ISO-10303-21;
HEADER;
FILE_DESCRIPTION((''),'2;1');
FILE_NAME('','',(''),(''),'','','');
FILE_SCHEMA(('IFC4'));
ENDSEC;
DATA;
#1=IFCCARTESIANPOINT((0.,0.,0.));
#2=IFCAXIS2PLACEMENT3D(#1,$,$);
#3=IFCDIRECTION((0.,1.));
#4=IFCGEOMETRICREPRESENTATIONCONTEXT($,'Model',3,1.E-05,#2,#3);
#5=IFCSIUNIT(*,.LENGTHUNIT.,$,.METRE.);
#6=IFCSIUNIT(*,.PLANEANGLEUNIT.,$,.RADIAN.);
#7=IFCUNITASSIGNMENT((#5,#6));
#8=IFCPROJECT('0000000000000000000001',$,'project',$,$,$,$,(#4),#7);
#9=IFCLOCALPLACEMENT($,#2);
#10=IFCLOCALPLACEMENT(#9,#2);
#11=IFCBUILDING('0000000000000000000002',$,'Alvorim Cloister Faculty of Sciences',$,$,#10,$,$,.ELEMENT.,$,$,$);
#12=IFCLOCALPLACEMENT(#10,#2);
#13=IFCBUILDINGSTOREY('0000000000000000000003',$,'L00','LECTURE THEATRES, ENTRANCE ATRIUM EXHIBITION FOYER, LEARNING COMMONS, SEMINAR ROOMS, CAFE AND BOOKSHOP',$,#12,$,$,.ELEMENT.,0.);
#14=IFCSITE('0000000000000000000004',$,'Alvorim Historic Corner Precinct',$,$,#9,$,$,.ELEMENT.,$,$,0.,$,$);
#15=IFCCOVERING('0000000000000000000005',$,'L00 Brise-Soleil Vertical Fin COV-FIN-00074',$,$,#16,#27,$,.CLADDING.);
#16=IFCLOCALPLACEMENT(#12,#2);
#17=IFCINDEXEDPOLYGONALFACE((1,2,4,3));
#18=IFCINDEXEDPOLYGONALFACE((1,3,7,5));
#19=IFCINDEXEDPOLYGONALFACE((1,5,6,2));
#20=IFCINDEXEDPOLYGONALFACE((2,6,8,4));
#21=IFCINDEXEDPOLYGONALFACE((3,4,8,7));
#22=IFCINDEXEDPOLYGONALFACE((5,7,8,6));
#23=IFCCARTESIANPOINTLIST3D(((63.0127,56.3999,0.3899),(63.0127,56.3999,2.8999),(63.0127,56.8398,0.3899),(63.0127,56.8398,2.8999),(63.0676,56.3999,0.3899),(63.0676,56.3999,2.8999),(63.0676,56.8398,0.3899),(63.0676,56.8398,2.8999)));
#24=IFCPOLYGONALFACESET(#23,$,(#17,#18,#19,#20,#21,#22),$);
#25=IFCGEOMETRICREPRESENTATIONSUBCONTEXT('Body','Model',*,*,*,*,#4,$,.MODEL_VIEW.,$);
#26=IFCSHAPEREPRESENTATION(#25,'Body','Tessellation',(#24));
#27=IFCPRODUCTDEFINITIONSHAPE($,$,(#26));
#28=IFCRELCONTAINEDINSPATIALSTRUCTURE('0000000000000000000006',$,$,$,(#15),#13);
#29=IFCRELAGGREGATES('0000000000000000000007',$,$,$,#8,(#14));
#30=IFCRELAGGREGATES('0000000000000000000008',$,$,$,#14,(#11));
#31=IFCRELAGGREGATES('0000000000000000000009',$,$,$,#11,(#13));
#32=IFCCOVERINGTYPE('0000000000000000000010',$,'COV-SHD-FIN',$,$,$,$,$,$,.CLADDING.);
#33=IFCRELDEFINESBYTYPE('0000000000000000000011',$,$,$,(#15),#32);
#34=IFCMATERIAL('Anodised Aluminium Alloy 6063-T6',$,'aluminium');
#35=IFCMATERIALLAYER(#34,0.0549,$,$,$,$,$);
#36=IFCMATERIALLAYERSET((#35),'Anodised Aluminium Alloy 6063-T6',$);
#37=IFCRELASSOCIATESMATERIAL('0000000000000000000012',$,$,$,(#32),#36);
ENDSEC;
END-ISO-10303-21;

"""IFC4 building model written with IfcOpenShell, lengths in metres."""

from ifc_helpers import new_model, si_unit, direction, frame, origin, place, context, subcontext, project, spatial, polyline, outline, extrude, material, layer, layer_set, type_object, element, save


model = new_model("IFC4")

# Units and contexts
model_context = context("Model", 3, precision=1e-05, world=origin(), true_north=direction((0.0, 1.0)))
body_context = subcontext(model_context, "Body", "Model", "MODEL_VIEW")
ifc_project = project(units=[si_unit("LENGTHUNIT", "METRE"), si_unit("PLANEANGLEUNIT", "RADIAN")], contexts=[model_context])

# Site, building, storey
site_placement = place(None, origin())
site = spatial("IfcSite", under=ifc_project, at=site_placement, Name="Alvorim Historic Corner Precinct", CompositionType="ELEMENT", RefElevation=0.0)
building_placement = place(site_placement, origin())
building = spatial("IfcBuilding", under=site, at=building_placement, Name="Alvorim Cloister Faculty of Sciences", CompositionType="ELEMENT")
storey_placement = place(building_placement, origin())
storey = spatial("IfcBuildingStorey", under=building, at=storey_placement, Name="L00", Description="LECTURE THEATRES, ENTRANCE ATRIUM EXHIBITION FOYER, LEARNING COMMONS, SEMINAR ROOMS, CAFE AND BOOKSHOP", CompositionType="ELEMENT", Elevation=0.0)

# Covering
ifc_material_1 = material(Name="Anodised Aluminium Alloy 6063-T6", Category="aluminium")
ifc_layer_1 = layer(ifc_material_1, 0.0549)
ifc_layer_set_1 = layer_set([ifc_layer_1], Name="Anodised Aluminium Alloy 6063-T6")
covering_type = type_object("IfcCoveringType", Name="COV-SHD-FIN", PredefinedType="CLADDING", material=ifc_layer_set_1)
for number, where, z_axis, x_axis, name in (
    (1, (63.04, 56.3999, 0.3899), (0.0, 0.0, 1.0), (0.0, 1.0, 0.0), "L00 Brise-Soleil Vertical Fin COV-FIN-00074"),
):
    element("IfcCovering", number, at=place(storey_placement, frame(where, z_axis=z_axis, x_axis=x_axis)), inside=storey, type_object=covering_type, Name=name, PredefinedType="CLADDING", context=body_context, shape_type="SweptSolid", body=[
        extrude(outline(polyline([(0.0, 0.0), (0.4399, 0.0), (0.4399, 2.51), (0.0, 2.51), (0.0, 0.0)])), frame((0.0, 0.0273, 0.0), z_axis=(0.0, -1.0, 0.0), x_axis=(1.0, 0.0, 0.0)), (0.0, 0.0, 1.0), 0.0549),
    ])

save(model, "model.ifc")
